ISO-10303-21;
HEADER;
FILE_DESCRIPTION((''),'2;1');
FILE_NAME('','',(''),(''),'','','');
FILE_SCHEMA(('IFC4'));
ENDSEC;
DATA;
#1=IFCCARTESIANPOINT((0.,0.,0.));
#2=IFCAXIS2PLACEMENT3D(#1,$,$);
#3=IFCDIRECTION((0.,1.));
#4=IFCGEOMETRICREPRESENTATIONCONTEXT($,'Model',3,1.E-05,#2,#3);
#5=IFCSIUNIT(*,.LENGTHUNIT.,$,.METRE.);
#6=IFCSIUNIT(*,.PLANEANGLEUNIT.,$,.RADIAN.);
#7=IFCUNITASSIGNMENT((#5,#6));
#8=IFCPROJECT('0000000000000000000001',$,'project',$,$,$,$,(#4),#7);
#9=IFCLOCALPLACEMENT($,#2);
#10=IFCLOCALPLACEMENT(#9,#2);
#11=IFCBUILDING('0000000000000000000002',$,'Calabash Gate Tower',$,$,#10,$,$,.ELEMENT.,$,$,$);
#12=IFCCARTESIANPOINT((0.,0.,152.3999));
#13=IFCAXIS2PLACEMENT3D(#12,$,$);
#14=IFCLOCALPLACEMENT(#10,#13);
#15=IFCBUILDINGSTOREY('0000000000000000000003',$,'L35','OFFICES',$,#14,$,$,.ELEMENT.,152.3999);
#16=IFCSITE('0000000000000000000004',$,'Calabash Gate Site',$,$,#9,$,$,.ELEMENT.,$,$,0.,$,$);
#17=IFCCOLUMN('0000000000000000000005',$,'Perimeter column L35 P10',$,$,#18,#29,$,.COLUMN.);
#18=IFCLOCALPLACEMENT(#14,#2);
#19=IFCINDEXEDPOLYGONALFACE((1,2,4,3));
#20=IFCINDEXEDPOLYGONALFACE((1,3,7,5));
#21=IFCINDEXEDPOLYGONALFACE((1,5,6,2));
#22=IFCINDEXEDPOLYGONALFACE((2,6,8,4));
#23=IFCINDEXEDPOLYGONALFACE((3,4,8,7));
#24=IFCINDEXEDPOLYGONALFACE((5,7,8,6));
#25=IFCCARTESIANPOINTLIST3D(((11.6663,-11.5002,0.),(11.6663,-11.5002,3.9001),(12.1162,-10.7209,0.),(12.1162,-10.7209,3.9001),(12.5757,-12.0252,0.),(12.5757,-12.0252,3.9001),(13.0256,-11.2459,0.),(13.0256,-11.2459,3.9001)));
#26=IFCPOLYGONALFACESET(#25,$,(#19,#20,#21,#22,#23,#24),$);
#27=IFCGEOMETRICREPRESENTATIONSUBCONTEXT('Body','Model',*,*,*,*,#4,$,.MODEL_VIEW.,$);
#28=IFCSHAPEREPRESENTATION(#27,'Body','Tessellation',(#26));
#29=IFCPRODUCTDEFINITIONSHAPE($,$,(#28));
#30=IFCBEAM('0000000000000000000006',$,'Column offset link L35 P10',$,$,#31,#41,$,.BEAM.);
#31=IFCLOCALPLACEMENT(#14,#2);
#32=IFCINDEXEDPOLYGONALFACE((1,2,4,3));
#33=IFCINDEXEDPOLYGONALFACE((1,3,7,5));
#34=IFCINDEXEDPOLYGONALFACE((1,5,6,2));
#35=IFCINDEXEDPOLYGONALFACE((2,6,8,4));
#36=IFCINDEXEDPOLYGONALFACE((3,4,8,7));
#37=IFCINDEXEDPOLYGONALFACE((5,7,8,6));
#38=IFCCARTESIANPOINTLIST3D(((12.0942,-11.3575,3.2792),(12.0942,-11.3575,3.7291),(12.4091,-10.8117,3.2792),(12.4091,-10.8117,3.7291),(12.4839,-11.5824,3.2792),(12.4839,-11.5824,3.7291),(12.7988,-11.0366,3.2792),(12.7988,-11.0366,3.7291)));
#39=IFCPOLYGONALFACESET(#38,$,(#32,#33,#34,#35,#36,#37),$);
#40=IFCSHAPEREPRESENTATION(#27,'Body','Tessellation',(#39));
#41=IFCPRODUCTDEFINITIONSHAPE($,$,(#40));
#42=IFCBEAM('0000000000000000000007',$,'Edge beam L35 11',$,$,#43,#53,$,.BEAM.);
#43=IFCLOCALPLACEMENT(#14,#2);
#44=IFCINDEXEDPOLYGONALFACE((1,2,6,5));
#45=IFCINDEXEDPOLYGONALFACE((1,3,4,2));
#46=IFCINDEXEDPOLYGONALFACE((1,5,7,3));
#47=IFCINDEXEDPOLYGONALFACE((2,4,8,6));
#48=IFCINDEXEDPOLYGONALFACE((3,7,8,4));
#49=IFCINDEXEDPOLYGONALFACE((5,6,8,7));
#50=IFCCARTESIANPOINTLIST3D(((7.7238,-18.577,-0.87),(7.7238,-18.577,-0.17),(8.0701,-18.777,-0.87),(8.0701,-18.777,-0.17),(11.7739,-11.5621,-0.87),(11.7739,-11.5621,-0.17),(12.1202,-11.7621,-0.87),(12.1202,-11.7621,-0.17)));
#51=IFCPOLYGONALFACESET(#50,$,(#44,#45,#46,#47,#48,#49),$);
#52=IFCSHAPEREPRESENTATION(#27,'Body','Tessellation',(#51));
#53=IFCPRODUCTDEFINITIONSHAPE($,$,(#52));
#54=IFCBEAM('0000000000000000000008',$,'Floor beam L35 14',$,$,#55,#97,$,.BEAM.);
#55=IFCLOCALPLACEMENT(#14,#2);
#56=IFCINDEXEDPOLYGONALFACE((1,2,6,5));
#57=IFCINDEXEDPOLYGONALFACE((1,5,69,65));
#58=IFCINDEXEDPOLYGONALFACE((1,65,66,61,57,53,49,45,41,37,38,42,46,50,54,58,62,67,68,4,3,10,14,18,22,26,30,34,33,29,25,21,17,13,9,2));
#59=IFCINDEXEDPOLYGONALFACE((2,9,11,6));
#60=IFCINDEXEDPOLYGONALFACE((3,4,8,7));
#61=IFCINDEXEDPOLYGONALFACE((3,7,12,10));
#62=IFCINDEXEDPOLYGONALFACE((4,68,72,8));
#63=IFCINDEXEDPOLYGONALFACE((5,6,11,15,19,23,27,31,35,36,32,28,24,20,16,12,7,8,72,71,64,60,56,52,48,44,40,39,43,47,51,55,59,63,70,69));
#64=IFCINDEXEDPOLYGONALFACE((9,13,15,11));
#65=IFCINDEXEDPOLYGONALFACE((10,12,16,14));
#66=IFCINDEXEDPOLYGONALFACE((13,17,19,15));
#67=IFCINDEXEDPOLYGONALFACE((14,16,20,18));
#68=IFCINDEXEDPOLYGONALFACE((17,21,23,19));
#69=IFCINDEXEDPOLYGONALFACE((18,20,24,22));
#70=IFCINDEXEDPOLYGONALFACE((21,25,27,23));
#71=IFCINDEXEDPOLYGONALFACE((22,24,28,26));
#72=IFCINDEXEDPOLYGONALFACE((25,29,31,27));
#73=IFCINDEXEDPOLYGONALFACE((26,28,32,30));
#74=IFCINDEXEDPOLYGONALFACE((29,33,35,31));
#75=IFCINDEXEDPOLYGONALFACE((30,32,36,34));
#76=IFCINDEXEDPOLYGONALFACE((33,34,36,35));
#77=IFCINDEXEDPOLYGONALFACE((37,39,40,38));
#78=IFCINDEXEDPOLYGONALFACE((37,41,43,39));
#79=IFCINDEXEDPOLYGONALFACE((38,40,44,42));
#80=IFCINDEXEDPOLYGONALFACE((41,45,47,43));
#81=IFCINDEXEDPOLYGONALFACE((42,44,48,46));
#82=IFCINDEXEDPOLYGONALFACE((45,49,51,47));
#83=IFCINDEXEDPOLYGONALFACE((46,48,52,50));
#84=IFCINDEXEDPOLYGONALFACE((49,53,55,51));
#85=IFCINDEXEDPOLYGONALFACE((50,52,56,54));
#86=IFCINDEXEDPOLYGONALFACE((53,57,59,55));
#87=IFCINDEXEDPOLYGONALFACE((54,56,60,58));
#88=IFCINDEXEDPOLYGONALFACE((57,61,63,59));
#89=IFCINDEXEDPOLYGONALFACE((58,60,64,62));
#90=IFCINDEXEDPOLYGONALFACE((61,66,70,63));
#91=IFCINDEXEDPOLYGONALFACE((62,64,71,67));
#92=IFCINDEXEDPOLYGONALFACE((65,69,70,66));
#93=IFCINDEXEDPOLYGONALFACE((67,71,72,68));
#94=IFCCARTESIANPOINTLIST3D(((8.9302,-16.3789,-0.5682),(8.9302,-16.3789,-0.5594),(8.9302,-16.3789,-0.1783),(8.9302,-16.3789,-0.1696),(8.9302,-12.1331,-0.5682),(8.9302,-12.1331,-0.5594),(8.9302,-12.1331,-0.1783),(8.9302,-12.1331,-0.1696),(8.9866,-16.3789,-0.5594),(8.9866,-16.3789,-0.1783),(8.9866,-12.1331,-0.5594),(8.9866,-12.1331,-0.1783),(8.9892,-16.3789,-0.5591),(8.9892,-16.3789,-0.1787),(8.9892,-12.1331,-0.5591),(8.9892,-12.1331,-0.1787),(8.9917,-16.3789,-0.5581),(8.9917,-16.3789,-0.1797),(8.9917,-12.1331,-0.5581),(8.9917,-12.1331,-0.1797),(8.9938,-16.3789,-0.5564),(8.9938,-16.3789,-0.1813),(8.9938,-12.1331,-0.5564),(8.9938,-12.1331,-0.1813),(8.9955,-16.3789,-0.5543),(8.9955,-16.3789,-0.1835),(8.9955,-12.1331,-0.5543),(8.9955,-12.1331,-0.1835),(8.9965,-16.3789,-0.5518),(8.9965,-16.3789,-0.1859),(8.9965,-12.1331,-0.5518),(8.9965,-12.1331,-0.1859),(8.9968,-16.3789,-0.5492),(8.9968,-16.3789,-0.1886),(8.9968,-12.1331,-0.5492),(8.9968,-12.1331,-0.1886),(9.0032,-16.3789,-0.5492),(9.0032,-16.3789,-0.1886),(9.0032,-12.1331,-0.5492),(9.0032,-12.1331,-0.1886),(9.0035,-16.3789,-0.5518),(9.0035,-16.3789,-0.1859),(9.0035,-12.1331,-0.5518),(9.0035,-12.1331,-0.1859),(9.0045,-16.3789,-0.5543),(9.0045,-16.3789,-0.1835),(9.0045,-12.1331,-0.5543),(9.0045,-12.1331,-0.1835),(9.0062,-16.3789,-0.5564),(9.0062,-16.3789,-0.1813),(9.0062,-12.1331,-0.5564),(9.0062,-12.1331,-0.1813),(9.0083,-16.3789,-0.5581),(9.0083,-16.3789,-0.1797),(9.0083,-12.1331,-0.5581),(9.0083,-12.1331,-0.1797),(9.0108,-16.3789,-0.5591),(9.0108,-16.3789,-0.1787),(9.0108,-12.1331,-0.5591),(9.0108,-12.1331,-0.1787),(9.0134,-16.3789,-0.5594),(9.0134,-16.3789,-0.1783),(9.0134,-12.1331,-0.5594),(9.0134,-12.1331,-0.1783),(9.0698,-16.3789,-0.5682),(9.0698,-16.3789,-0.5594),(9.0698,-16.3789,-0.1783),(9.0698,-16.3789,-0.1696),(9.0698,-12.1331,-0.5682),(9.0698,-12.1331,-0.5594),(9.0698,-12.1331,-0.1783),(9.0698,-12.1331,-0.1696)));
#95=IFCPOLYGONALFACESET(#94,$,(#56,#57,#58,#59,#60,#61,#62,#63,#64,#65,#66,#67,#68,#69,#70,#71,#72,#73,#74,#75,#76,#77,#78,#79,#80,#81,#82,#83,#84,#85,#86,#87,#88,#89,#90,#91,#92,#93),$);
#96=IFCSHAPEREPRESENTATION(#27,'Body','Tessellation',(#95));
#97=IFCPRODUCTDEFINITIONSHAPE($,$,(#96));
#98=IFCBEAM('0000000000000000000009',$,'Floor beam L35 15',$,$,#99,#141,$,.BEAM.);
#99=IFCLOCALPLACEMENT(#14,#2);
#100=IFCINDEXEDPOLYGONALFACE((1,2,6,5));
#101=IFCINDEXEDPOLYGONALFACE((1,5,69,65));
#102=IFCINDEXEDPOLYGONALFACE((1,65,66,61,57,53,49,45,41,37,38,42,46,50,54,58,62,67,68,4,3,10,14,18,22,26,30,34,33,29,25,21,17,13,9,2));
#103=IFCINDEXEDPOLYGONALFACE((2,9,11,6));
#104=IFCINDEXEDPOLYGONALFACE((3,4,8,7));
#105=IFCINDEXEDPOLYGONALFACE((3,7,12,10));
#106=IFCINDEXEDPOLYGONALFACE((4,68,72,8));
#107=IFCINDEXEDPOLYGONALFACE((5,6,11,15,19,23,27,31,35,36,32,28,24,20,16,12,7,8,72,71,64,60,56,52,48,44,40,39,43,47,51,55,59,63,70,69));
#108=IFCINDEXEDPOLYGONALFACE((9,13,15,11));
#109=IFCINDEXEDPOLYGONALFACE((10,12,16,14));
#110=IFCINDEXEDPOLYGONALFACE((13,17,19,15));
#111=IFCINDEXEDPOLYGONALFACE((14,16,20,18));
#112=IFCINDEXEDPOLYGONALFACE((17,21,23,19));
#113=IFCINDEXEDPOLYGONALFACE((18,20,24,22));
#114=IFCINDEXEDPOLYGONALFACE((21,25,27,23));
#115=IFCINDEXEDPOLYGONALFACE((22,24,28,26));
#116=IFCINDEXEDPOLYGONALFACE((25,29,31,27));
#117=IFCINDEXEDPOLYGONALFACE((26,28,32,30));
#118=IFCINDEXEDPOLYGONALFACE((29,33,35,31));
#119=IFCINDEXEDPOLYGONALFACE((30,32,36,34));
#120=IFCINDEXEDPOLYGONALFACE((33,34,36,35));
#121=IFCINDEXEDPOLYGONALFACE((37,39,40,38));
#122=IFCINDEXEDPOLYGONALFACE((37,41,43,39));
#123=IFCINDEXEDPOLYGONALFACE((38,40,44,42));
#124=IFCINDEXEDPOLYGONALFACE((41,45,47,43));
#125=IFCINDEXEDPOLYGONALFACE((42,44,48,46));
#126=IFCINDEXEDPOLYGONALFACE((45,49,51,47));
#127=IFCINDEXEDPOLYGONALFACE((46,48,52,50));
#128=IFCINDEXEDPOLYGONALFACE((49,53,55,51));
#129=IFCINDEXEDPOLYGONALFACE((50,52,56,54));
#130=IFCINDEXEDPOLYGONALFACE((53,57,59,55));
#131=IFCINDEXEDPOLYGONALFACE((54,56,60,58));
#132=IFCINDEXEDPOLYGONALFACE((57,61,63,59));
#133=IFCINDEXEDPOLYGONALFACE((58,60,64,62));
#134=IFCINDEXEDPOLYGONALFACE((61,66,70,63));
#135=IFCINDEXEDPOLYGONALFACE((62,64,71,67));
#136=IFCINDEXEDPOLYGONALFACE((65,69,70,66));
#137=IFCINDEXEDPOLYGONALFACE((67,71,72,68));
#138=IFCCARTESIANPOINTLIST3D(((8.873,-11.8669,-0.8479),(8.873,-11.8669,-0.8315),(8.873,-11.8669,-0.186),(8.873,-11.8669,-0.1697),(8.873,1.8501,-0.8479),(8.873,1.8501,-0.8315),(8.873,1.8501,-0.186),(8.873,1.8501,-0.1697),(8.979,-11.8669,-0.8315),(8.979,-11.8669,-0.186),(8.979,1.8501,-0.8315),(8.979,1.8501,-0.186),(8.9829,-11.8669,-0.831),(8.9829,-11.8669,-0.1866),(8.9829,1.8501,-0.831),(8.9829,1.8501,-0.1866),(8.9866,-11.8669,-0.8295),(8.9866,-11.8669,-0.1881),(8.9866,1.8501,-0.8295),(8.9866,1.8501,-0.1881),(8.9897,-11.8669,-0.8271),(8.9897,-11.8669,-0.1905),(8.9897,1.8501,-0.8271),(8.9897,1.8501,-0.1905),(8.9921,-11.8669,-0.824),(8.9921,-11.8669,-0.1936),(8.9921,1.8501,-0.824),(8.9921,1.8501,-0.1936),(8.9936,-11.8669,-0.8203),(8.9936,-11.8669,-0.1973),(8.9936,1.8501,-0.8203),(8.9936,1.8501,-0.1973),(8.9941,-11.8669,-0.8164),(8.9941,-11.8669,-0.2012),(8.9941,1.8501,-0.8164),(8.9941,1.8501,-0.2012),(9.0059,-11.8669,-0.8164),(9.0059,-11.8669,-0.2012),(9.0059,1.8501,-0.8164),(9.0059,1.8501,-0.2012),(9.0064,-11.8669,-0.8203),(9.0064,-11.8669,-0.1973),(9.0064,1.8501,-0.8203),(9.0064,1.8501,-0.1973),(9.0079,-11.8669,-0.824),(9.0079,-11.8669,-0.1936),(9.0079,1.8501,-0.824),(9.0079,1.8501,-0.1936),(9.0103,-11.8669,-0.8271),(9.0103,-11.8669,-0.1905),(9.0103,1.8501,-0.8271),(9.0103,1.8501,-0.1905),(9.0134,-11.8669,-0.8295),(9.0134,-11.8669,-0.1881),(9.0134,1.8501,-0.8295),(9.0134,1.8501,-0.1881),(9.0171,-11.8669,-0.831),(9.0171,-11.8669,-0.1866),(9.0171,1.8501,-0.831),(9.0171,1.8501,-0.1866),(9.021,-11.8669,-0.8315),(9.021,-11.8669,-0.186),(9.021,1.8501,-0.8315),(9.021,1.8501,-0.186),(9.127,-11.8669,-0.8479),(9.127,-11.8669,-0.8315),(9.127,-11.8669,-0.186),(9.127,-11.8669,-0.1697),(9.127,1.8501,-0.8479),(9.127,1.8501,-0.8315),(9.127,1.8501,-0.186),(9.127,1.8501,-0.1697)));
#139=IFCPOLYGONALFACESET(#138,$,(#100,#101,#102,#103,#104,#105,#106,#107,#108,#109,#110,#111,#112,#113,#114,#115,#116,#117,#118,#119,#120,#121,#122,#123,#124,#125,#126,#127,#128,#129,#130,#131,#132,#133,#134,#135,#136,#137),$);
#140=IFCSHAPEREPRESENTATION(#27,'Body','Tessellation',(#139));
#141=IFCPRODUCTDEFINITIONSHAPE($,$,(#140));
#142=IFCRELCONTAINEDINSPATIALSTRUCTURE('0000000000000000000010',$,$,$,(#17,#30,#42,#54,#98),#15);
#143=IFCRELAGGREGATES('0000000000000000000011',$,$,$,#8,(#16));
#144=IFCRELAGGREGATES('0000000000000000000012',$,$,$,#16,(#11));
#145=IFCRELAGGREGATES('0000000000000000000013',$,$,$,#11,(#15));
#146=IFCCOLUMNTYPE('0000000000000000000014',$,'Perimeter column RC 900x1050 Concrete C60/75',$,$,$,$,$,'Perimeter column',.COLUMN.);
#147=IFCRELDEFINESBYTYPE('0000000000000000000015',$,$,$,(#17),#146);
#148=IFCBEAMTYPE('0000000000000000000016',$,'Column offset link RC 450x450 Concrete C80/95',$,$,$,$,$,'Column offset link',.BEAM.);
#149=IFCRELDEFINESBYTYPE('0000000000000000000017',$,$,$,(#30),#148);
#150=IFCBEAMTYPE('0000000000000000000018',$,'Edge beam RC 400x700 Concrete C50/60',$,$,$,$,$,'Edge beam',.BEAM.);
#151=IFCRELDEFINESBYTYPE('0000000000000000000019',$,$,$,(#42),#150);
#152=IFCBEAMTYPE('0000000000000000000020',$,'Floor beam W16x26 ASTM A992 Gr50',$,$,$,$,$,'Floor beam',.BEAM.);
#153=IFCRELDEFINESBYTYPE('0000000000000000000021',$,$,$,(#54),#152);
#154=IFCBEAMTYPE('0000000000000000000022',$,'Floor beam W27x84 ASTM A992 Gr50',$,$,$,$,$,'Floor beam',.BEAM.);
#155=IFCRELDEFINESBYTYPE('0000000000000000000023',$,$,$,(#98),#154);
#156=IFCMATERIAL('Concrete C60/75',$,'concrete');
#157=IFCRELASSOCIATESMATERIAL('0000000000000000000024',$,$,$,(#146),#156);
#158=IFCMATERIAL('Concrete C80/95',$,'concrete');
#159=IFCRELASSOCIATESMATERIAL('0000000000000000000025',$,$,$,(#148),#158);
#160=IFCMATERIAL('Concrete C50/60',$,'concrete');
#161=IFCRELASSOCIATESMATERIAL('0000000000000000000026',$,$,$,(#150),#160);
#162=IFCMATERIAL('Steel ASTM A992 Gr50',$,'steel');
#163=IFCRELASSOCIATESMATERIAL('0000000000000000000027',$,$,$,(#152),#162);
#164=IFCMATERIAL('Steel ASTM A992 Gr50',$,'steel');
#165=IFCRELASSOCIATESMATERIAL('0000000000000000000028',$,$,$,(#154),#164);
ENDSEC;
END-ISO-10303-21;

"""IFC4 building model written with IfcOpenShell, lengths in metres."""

from ifc_helpers import new_model, si_unit, direction, frame, origin, origin_2d, place, context, subcontext, project, spatial, rectangle, i_section, extrude, material, material_profile, profile_set, type_object, element, save


model = new_model("IFC4")

# Units and contexts
model_context = context("Model", 3, precision=1e-05, world=origin(), true_north=direction((0.0, 1.0)))
body_context = subcontext(model_context, "Body", "Model", "MODEL_VIEW")
ifc_project = project(units=[si_unit("LENGTHUNIT", "METRE"), si_unit("PLANEANGLEUNIT", "RADIAN")], contexts=[model_context])

# Site, building, storey
site_placement = place(None, origin())
site = spatial("IfcSite", under=ifc_project, at=site_placement, Name="Calabash Gate Site", CompositionType="ELEMENT", RefElevation=0.0)
building_placement = place(site_placement, origin())
building = spatial("IfcBuilding", under=site, at=building_placement, Name="Calabash Gate Tower", CompositionType="ELEMENT")
storey_placement = place(building_placement, frame((0.0, 0.0, 152.3999)))
storey = spatial("IfcBuildingStorey", under=building, at=storey_placement, Name="L35", Description="OFFICES", CompositionType="ELEMENT", Elevation=152.3999)

# Column
ifc_material_1 = material(Name="Concrete C60/75", Category="concrete")
ifc_material_profile_1 = material_profile(ifc_material_1, rectangle(XDim=0.8999, YDim=1.05, at=origin_2d()))
ifc_profile_set_1 = profile_set([ifc_material_profile_1], Name="Concrete C60/75")
column_type = type_object("IfcColumnType", Name="Perimeter column RC 900x1050 Concrete C60/75", ElementType="Perimeter column", PredefinedType="COLUMN", material=ifc_profile_set_1)
column_placement = place(storey_placement, frame((12.3459, -11.373, 0.0), z_axis=(0.0, 0.0, 1.0), x_axis=(0.5, 0.866025, 0.0)))
element("IfcColumn", 1, at=column_placement, inside=storey, type_object=column_type, Name="Perimeter column L35 P10", PredefinedType="COLUMN", context=body_context, shape_type="SweptSolid", body=[
    extrude(rectangle(XDim=0.8999, YDim=1.05, at=origin_2d()), origin(), (0.0, 0.0, 1.0), 3.9001),
])

# Beams
ifc_material_2 = material(Name="Concrete C80/95", Category="concrete")
ifc_material_profile_2 = material_profile(ifc_material_2, rectangle(XDim=0.45, YDim=0.45, at=origin_2d()))
ifc_profile_set_2 = profile_set([ifc_material_profile_2], Name="Concrete C80/95")
beam_type_1 = type_object("IfcBeamType", Name="Column offset link RC 450x450 Concrete C80/95", ElementType="Column offset link", PredefinedType="BEAM", material=ifc_profile_set_2)
beam_1_placement = place(storey_placement, frame((12.2891, -11.47, 3.5042), z_axis=(0.499722, 0.866186, 0.0), x_axis=(-0.866186, 0.499722, 0.0)))
element("IfcBeam", 2, at=beam_1_placement, inside=storey, type_object=beam_type_1, Name="Column offset link L35 P10", PredefinedType="BEAM", context=body_context, shape_type="SweptSolid", body=[
    extrude(rectangle(XDim=0.45, YDim=0.45, at=origin_2d()), origin(), (0.0, 0.0, 1.0), 0.6301),
])
ifc_material_3 = material(Name="Concrete C50/60", Category="concrete")
ifc_material_profile_3 = material_profile(ifc_material_3, rectangle(XDim=0.3999, YDim=0.7, at=origin_2d()))
ifc_profile_set_3 = profile_set([ifc_material_profile_3], Name="Concrete C50/60")
beam_type_2 = type_object("IfcBeamType", Name="Edge beam RC 400x700 Concrete C50/60", ElementType="Edge beam", PredefinedType="BEAM", material=ifc_profile_set_3)
beam_2_placement = place(storey_placement, frame((7.897, -18.677, -0.52), z_axis=(0.5, 0.866025, 0.0), x_axis=(-0.866025, 0.5, 0.0)))
element("IfcBeam", 3, at=beam_2_placement, inside=storey, type_object=beam_type_2, Name="Edge beam L35 11", PredefinedType="BEAM", context=body_context, shape_type="SweptSolid", body=[
    extrude(rectangle(XDim=0.3999, YDim=0.7, at=origin_2d()), origin(), (0.0, 0.0, 1.0), 8.1001),
])
ifc_material_4 = material(Name="Steel ASTM A992 Gr50", Category="steel")
ifc_material_profile_4 = material_profile(ifc_material_4, i_section(OverallWidth=0.1396, OverallDepth=0.3987, WebThickness=0.0063, FlangeThickness=0.0088, FilletRadius=0.0103, at=origin_2d()))
ifc_profile_set_4 = profile_set([ifc_material_profile_4], Name="Steel ASTM A992 Gr50")
beam_type_3 = type_object("IfcBeamType", Name="Floor beam W16x26 ASTM A992 Gr50", ElementType="Floor beam", PredefinedType="BEAM", material=ifc_profile_set_4)
beam_3_placement = place(storey_placement, frame((9.0, -16.3789, -0.3689), z_axis=(0.0, 1.0, 0.0), x_axis=(-1.0, 0.0, 0.0)))
element("IfcBeam", 4, at=beam_3_placement, inside=storey, type_object=beam_type_3, Name="Floor beam L35 14", PredefinedType="BEAM", context=body_context, shape_type="SweptSolid", body=[
    extrude(i_section(OverallWidth=0.1396, OverallDepth=0.3987, WebThickness=0.0063, FlangeThickness=0.0088, FilletRadius=0.0103, at=origin_2d()), origin(), (0.0, 0.0, 1.0), 4.2458),
])
ifc_material_5 = material(Name="Steel ASTM A992 Gr50", Category="steel")
ifc_material_profile_5 = material_profile(ifc_material_5, i_section(OverallWidth=0.2539, OverallDepth=0.6782, WebThickness=0.0117, FlangeThickness=0.0164, FilletRadius=0.0151, at=origin_2d()))
ifc_profile_set_5 = profile_set([ifc_material_profile_5], Name="Steel ASTM A992 Gr50")
beam_type_4 = type_object("IfcBeamType", Name="Floor beam W27x84 ASTM A992 Gr50", ElementType="Floor beam", PredefinedType="BEAM", material=ifc_profile_set_5)
beam_4_placement = place(storey_placement, frame((9.0, -11.8669, -0.5088), z_axis=(0.0, 1.0, 0.0), x_axis=(-1.0, 0.0, 0.0)))
element("IfcBeam", 5, at=beam_4_placement, inside=storey, type_object=beam_type_4, Name="Floor beam L35 15", PredefinedType="BEAM", context=body_context, shape_type="SweptSolid", body=[
    extrude(i_section(OverallWidth=0.2539, OverallDepth=0.6782, WebThickness=0.0117, FlangeThickness=0.0164, FilletRadius=0.0151, at=origin_2d()), origin(), (0.0, 0.0, 1.0), 13.717),
])

save(model, "model.ifc")
